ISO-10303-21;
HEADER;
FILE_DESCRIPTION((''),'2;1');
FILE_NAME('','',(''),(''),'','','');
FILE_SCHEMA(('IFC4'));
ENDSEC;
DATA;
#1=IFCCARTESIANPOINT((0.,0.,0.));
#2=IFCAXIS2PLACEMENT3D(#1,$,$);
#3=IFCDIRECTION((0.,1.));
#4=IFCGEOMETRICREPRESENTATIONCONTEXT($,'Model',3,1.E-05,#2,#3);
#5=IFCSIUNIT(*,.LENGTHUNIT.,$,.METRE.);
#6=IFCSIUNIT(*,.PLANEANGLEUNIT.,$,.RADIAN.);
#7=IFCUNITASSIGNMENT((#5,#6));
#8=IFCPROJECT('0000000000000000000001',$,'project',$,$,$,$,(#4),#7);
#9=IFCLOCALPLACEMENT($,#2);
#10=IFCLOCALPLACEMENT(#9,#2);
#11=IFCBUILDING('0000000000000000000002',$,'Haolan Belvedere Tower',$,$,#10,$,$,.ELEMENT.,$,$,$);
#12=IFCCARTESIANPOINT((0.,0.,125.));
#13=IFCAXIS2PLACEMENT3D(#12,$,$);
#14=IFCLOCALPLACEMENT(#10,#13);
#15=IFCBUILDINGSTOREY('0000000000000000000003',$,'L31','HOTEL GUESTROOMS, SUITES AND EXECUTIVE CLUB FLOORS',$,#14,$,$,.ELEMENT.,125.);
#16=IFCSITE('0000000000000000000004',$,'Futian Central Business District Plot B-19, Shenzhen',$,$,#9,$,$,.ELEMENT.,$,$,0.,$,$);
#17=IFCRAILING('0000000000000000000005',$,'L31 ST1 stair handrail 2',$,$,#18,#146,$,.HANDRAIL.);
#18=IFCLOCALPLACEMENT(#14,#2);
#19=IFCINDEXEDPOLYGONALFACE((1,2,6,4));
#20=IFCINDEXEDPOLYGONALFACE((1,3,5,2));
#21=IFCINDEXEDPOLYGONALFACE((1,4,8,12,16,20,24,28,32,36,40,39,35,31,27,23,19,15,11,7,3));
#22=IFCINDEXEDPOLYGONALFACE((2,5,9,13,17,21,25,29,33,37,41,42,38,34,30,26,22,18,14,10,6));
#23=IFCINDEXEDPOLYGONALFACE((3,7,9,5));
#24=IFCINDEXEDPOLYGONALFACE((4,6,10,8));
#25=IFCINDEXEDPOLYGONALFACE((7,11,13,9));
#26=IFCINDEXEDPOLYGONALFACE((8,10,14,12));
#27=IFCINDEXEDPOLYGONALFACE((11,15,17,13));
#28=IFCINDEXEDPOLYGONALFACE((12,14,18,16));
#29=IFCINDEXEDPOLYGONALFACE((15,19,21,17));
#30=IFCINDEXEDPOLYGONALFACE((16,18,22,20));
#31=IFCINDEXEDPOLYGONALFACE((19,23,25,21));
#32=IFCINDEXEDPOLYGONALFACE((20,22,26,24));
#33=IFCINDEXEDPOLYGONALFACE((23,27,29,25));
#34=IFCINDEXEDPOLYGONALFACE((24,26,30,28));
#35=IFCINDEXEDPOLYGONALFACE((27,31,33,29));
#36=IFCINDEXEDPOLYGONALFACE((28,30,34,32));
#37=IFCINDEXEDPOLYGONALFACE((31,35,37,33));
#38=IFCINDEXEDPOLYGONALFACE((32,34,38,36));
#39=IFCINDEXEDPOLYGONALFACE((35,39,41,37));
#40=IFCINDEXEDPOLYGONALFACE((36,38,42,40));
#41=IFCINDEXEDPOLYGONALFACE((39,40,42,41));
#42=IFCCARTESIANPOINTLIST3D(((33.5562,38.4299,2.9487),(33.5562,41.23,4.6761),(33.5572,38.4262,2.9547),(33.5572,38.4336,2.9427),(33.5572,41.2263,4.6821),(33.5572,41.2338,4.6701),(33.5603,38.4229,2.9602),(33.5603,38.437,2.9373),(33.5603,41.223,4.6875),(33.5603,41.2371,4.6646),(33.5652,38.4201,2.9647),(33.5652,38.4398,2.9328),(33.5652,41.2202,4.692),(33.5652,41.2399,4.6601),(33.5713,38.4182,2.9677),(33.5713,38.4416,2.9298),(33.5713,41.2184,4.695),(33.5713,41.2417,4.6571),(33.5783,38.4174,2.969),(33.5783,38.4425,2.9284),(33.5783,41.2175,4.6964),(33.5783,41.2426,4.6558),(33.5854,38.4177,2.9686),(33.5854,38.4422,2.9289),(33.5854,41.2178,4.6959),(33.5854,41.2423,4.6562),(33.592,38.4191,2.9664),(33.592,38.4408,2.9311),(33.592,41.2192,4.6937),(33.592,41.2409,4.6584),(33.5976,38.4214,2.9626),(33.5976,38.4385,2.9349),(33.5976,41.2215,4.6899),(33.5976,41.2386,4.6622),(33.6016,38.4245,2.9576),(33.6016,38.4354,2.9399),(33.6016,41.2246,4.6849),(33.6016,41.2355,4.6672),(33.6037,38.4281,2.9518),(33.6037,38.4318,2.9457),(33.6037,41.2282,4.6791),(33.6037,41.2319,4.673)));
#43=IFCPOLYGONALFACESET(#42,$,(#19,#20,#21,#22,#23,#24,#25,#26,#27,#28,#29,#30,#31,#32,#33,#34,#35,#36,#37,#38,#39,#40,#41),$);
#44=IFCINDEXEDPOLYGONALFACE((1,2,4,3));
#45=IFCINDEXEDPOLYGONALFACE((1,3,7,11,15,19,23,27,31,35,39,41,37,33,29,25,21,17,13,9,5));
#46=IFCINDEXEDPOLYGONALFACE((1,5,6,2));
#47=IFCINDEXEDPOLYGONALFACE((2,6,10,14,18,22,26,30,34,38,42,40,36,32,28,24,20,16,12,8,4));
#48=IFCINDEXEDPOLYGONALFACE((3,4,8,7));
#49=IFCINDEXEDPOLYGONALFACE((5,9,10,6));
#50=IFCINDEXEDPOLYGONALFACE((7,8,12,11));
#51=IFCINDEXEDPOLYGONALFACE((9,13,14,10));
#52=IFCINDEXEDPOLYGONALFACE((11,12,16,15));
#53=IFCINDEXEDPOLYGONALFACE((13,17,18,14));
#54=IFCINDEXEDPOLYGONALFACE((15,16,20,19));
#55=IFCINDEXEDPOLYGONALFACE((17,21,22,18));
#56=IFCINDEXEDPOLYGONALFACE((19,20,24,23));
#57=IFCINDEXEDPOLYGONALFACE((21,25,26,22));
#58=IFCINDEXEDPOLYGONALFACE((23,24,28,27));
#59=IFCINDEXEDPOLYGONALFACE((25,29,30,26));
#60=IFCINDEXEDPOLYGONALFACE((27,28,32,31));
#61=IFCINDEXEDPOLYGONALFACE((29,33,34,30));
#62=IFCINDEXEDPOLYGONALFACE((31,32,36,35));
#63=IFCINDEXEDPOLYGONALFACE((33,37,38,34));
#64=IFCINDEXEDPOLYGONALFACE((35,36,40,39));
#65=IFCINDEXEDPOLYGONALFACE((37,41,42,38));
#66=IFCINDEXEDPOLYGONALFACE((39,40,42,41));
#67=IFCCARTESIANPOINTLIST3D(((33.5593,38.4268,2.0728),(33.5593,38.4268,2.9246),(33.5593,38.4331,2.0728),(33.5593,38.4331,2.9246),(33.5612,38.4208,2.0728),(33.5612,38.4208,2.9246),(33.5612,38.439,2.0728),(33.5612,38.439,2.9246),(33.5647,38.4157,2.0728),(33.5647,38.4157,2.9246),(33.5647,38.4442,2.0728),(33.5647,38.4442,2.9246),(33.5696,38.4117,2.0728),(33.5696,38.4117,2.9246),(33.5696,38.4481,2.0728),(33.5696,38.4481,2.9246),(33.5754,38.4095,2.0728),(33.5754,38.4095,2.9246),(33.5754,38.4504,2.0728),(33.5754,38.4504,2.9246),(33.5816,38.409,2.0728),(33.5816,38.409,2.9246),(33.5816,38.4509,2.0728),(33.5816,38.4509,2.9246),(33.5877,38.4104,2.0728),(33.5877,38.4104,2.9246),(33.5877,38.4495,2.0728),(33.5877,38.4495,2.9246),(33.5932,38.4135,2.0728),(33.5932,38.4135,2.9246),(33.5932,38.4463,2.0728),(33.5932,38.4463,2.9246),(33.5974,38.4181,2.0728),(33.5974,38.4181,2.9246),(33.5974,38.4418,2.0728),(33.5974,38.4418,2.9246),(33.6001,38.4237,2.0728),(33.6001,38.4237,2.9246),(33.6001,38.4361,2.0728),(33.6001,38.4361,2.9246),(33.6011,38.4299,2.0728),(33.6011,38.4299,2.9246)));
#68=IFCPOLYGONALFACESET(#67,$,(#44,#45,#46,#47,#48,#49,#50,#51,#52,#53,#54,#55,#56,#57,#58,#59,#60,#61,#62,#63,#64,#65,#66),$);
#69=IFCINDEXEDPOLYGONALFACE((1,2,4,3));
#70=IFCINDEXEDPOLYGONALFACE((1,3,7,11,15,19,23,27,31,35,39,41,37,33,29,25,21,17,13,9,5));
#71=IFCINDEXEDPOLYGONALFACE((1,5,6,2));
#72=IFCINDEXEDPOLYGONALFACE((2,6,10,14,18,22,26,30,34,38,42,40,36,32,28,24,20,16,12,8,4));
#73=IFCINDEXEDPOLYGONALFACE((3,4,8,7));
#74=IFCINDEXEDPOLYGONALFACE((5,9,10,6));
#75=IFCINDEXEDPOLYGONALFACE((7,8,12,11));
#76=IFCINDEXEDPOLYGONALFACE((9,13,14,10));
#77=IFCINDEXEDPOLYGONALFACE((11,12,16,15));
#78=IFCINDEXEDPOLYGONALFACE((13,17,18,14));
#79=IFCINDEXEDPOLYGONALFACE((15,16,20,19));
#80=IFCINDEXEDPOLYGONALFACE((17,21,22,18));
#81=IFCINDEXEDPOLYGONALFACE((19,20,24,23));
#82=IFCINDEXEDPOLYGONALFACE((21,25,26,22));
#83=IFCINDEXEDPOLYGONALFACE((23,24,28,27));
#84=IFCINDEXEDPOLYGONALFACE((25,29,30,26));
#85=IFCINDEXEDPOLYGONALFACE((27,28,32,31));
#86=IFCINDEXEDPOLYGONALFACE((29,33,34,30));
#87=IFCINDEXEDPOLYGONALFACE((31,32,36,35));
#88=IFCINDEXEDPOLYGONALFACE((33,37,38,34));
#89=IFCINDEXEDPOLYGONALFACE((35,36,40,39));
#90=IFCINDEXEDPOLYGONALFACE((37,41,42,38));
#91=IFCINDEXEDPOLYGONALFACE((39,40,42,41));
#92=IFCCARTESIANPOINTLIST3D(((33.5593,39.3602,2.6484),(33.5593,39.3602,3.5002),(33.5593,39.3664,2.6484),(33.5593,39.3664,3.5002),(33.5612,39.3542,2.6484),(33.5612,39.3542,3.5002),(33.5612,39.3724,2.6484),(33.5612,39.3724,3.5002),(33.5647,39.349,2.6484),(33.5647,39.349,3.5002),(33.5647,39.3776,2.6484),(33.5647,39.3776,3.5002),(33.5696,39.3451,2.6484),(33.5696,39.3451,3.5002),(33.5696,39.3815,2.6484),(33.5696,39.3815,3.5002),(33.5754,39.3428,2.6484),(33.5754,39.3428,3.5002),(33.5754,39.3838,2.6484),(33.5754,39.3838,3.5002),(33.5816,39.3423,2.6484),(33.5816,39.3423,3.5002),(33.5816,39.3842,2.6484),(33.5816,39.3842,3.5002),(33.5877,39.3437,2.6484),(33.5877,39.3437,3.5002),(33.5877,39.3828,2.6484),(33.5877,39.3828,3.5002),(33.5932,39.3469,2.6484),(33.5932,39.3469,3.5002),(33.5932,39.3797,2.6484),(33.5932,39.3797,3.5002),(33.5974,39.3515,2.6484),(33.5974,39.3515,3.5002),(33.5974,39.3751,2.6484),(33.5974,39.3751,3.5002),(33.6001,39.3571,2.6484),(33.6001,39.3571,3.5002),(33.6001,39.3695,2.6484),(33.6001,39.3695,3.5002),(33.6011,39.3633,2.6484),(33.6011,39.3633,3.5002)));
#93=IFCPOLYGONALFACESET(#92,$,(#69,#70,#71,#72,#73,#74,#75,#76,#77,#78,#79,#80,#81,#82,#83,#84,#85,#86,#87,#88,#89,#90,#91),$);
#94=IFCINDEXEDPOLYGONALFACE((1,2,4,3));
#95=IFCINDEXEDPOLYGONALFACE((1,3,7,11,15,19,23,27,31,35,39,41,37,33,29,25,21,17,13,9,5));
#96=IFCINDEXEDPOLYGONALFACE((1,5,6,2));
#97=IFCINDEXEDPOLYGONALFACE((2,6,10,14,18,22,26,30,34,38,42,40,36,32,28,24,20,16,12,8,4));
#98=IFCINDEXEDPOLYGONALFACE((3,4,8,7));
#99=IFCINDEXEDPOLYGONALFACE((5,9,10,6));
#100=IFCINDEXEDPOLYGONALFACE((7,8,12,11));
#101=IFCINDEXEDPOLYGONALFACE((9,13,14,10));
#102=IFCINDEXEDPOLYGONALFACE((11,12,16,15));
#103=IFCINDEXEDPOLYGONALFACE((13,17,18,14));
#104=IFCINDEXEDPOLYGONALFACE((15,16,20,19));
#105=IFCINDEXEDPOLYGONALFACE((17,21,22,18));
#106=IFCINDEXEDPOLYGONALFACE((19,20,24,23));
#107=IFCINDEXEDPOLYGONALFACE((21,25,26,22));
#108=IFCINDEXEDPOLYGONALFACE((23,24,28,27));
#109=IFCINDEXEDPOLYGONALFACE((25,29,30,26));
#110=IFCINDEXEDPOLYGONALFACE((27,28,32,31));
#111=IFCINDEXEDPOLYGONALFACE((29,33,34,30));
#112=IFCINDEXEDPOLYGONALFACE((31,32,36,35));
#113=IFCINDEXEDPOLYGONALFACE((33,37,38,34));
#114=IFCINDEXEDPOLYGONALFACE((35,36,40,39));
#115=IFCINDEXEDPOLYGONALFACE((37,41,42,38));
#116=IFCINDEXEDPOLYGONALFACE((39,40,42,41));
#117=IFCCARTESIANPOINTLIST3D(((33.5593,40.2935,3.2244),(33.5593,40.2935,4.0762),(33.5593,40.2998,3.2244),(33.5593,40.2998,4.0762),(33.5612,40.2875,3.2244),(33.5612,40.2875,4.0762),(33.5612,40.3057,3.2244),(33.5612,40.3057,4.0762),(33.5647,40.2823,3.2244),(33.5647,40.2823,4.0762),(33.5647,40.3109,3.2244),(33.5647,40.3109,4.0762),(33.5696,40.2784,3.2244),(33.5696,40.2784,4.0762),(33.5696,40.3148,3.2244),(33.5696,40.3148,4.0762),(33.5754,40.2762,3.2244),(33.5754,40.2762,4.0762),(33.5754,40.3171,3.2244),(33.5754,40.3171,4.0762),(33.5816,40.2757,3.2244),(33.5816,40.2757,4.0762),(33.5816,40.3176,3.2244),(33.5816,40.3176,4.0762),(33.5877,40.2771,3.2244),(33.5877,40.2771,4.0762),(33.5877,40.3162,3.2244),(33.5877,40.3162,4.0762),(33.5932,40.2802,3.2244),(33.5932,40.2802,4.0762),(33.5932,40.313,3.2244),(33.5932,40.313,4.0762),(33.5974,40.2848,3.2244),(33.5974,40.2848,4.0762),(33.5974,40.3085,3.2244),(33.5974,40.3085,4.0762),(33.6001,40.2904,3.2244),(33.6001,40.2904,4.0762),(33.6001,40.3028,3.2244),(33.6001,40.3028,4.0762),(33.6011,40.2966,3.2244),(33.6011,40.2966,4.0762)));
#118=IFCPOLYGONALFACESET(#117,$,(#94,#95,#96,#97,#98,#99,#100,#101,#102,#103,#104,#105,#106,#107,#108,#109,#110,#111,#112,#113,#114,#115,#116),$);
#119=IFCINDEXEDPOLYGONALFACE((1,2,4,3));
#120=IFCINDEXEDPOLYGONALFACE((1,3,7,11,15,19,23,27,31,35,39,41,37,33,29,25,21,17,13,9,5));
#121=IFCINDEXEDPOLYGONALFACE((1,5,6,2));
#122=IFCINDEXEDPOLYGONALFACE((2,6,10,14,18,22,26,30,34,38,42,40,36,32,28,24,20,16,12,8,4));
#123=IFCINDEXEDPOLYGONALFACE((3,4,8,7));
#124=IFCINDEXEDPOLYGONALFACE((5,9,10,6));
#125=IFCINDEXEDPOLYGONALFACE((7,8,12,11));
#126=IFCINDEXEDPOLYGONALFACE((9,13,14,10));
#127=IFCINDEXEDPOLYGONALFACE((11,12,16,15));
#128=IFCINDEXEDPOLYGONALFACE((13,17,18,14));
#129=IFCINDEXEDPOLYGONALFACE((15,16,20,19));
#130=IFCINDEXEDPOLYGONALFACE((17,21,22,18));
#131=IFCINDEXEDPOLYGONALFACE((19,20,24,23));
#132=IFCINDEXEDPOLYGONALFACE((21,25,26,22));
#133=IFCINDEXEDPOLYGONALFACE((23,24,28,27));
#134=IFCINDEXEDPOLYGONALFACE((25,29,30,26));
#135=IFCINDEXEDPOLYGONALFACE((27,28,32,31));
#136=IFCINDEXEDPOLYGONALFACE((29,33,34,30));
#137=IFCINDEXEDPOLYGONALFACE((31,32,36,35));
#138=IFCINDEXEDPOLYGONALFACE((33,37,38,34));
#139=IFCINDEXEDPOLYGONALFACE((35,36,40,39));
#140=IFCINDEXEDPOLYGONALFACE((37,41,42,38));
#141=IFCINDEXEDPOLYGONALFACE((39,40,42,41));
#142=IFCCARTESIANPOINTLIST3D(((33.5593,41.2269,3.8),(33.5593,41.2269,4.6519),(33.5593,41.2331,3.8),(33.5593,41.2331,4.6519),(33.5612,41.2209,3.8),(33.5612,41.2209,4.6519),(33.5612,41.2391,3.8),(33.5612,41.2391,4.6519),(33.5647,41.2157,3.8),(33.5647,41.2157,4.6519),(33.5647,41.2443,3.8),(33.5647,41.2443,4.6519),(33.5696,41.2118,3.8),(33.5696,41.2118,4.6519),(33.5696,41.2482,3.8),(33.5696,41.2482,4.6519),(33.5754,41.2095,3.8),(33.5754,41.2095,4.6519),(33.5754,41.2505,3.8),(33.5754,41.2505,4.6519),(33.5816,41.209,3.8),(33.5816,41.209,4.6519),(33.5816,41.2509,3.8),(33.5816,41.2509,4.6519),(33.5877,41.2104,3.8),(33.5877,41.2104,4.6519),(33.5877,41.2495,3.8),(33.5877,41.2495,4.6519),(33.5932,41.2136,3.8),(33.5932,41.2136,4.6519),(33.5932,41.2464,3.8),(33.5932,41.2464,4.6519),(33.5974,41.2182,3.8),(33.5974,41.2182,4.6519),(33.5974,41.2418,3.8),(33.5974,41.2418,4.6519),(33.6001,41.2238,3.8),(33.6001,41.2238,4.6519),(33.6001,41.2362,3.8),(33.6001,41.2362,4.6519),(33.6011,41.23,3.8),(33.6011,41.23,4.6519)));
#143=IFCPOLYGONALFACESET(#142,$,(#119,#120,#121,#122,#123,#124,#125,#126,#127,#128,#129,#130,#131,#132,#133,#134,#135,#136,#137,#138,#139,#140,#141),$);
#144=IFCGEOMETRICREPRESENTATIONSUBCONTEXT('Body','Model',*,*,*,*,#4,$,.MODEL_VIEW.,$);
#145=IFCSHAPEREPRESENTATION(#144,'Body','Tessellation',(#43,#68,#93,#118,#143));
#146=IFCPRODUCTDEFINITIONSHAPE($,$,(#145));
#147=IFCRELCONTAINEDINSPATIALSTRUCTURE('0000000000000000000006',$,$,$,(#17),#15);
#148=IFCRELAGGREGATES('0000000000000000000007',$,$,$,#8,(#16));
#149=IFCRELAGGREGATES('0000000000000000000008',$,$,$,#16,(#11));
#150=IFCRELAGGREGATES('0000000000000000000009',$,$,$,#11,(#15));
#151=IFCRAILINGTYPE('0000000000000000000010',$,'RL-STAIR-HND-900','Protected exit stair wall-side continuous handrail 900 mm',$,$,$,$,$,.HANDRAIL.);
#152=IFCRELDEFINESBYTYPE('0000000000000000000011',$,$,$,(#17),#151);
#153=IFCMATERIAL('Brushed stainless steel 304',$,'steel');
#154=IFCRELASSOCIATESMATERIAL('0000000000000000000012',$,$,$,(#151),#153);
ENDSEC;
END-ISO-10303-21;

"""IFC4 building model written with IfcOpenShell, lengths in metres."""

from ifc_helpers import new_model, si_unit, direction, frame, origin, origin_2d, place, context, subcontext, project, spatial, circle, extrude, material, type_object, element, save


model = new_model("IFC4")

# Units and contexts
model_context = context("Model", 3, precision=1e-05, world=origin(), true_north=direction((0.0, 1.0)))
body_context = subcontext(model_context, "Body", "Model", "MODEL_VIEW")
ifc_project = project(units=[si_unit("LENGTHUNIT", "METRE"), si_unit("PLANEANGLEUNIT", "RADIAN")], contexts=[model_context])

# Site, building, storey
site_placement = place(None, origin())
site = spatial("IfcSite", under=ifc_project, at=site_placement, Name="Futian Central Business District Plot B-19, Shenzhen", CompositionType="ELEMENT", RefElevation=0.0)
building_placement = place(site_placement, origin())
building = spatial("IfcBuilding", under=site, at=building_placement, Name="Haolan Belvedere Tower", CompositionType="ELEMENT")
storey_placement = place(building_placement, frame((0.0, 0.0, 125.0)))
storey = spatial("IfcBuildingStorey", under=building, at=storey_placement, Name="L31", Description="HOTEL GUESTROOMS, SUITES AND EXECUTIVE CLUB FLOORS", CompositionType="ELEMENT", Elevation=125.0)

# Railing
ifc_material_1 = material(Name="Brushed stainless steel 304", Category="steel")
railing_type_1 = type_object("IfcRailingType", Name="RL-STAIR-HND-900", Description="Protected exit stair wall-side continuous handrail 900 mm", PredefinedType="HANDRAIL", material=ifc_material_1)
railing_1_placement = place(storey_placement, frame((33.5801, 38.4299, 2.0728)))
element("IfcRailing", 1, at=railing_1_placement, inside=storey, type_object=railing_type_1, Name="L31 ST1 stair handrail 2", PredefinedType="HANDRAIL", context=body_context, shape_type="SweptSolid", body=[
    extrude(circle(Radius=0.0239, at=origin_2d()), frame((0.0, 0.0, 0.876), z_axis=(0.0, 0.85109, 0.52502), x_axis=(-1.0, 0.0, 0.0)), (0.0, 0.0, 1.0), 3.29),
    extrude(circle(Radius=0.021, at=origin_2d()), origin(), (0.0, 0.0, 1.0), 0.8518),
    extrude(circle(Radius=0.021, at=origin_2d()), frame((0.0, 0.9333, 0.5757)), (0.0, 0.0, 1.0), 0.8518),
    extrude(circle(Radius=0.021, at=origin_2d()), frame((0.0, 1.8667, 1.1516)), (0.0, 0.0, 1.0), 0.8518),
    extrude(circle(Radius=0.021, at=origin_2d()), frame((0.0, 2.8, 1.7273)), (0.0, 0.0, 1.0), 0.8518),
])

save(model, "model.ifc")
